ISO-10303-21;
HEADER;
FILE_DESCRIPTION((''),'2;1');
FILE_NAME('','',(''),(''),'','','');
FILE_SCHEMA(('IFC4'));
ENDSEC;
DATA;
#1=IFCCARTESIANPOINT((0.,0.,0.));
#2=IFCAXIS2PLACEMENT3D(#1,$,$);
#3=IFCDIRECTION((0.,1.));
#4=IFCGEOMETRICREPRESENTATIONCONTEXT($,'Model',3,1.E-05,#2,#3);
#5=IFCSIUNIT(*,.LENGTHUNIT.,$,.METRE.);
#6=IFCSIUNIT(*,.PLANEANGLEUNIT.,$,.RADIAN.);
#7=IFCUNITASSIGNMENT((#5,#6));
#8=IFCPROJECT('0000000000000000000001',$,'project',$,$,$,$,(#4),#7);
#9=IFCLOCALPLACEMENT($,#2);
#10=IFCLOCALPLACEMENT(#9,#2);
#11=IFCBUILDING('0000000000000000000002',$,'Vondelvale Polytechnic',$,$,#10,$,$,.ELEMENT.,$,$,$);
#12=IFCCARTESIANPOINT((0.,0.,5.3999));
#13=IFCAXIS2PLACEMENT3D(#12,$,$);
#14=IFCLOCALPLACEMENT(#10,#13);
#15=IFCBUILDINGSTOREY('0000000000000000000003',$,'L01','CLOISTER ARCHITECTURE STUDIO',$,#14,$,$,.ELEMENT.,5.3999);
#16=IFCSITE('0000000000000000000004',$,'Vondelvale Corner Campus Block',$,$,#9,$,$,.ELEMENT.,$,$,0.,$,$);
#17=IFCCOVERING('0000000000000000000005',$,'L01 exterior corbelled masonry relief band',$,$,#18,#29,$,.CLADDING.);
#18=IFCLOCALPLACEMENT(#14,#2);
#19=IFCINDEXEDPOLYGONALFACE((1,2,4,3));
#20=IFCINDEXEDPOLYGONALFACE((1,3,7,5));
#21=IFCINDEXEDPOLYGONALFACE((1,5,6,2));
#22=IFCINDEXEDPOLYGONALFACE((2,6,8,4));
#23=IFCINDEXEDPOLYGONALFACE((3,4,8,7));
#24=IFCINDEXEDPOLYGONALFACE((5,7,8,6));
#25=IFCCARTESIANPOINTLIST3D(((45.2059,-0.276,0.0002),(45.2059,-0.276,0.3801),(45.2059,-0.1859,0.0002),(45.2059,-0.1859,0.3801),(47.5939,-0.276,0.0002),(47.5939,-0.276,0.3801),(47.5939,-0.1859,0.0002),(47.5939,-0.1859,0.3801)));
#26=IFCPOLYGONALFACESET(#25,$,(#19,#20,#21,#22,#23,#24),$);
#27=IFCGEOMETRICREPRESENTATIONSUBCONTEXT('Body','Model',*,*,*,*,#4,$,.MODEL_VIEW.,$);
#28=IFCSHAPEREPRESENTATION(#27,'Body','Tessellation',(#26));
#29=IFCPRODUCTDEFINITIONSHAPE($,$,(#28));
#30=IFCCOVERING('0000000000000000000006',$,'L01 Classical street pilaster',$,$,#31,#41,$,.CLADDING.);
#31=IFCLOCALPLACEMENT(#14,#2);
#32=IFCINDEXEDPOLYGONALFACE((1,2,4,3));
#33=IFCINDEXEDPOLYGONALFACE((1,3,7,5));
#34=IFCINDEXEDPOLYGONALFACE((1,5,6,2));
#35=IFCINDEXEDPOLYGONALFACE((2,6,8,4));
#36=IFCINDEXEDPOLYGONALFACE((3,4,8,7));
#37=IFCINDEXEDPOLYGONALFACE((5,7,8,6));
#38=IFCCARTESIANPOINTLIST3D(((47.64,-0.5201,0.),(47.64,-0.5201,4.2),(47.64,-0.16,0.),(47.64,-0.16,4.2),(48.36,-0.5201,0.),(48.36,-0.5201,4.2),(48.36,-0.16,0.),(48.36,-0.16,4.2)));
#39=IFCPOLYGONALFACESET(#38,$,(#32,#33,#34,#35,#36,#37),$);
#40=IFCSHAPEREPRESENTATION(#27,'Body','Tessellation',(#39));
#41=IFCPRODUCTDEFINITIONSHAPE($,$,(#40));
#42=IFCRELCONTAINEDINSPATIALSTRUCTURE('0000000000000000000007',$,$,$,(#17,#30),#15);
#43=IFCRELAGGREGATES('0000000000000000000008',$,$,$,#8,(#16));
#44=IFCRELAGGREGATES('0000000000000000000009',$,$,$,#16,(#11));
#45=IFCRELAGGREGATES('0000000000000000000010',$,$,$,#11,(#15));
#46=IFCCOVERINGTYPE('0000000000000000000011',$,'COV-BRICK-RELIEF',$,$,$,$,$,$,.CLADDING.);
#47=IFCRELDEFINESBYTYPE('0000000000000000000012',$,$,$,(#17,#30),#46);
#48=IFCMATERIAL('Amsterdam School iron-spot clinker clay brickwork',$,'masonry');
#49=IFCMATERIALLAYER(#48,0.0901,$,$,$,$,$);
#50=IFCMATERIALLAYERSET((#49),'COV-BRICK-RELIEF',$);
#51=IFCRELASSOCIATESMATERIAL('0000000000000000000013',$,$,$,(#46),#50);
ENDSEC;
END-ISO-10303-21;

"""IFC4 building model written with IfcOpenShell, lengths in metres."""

from ifc_helpers import new_model, si_unit, direction, frame, origin, origin_2d, place, context, subcontext, project, spatial, rectangle, extrude, material, layer, layer_set, type_object, element, save


model = new_model("IFC4")

# Units and contexts
model_context = context("Model", 3, precision=1e-05, world=origin(), true_north=direction((0.0, 1.0)))
body_context = subcontext(model_context, "Body", "Model", "MODEL_VIEW")
ifc_project = project(units=[si_unit("LENGTHUNIT", "METRE"), si_unit("PLANEANGLEUNIT", "RADIAN")], contexts=[model_context])

# Site, building, storey
site_placement = place(None, origin())
site = spatial("IfcSite", under=ifc_project, at=site_placement, Name="Vondelvale Corner Campus Block", CompositionType="ELEMENT", RefElevation=0.0)
building_placement = place(site_placement, origin())
building = spatial("IfcBuilding", under=site, at=building_placement, Name="Vondelvale Polytechnic", CompositionType="ELEMENT")
storey_placement = place(building_placement, frame((0.0, 0.0, 5.3999)))
storey = spatial("IfcBuildingStorey", under=building, at=storey_placement, Name="L01", Description="CLOISTER ARCHITECTURE STUDIO", CompositionType="ELEMENT", Elevation=5.3999)

# Shared definitions
ifc_material_1 = material(Name="Amsterdam School iron-spot clinker clay brickwork", Category="masonry")

# Coverings
ifc_layer_1 = layer(ifc_material_1, 0.0901)
ifc_layer_set_1 = layer_set([ifc_layer_1], Name="COV-BRICK-RELIEF")
covering_type = type_object("IfcCoveringType", Name="COV-BRICK-RELIEF", PredefinedType="CLADDING", material=ifc_layer_set_1)
covering_1_placement = place(storey_placement, frame((46.3999, -0.231, 0.0002), z_axis=(0.0, 0.0, 1.0), x_axis=(-1.0, 0.0, 0.0)))
element("IfcCovering", 1, at=covering_1_placement, inside=storey, type_object=covering_type, Name="L01 exterior corbelled masonry relief band", PredefinedType="CLADDING", context=body_context, shape_type="SweptSolid", body=[
    extrude(rectangle(XDim=2.3879, YDim=0.0901, at=origin_2d()), origin(), (0.0, 0.0, 1.0), 0.3799),
])
covering_2_placement = place(storey_placement, frame((48.0, -0.3401, 0.0), z_axis=(0.0, 0.0, 1.0), x_axis=(1.0, 0.0, 0.0)))
element("IfcCovering", 2, at=covering_2_placement, inside=storey, type_object=covering_type, Name="L01 Classical street pilaster", PredefinedType="CLADDING", context=body_context, shape_type="SweptSolid", body=[
    extrude(rectangle(XDim=0.72, YDim=0.3601, at=origin_2d()), origin(), (0.0, 0.0, 1.0), 4.2),
])

save(model, "model.ifc")
